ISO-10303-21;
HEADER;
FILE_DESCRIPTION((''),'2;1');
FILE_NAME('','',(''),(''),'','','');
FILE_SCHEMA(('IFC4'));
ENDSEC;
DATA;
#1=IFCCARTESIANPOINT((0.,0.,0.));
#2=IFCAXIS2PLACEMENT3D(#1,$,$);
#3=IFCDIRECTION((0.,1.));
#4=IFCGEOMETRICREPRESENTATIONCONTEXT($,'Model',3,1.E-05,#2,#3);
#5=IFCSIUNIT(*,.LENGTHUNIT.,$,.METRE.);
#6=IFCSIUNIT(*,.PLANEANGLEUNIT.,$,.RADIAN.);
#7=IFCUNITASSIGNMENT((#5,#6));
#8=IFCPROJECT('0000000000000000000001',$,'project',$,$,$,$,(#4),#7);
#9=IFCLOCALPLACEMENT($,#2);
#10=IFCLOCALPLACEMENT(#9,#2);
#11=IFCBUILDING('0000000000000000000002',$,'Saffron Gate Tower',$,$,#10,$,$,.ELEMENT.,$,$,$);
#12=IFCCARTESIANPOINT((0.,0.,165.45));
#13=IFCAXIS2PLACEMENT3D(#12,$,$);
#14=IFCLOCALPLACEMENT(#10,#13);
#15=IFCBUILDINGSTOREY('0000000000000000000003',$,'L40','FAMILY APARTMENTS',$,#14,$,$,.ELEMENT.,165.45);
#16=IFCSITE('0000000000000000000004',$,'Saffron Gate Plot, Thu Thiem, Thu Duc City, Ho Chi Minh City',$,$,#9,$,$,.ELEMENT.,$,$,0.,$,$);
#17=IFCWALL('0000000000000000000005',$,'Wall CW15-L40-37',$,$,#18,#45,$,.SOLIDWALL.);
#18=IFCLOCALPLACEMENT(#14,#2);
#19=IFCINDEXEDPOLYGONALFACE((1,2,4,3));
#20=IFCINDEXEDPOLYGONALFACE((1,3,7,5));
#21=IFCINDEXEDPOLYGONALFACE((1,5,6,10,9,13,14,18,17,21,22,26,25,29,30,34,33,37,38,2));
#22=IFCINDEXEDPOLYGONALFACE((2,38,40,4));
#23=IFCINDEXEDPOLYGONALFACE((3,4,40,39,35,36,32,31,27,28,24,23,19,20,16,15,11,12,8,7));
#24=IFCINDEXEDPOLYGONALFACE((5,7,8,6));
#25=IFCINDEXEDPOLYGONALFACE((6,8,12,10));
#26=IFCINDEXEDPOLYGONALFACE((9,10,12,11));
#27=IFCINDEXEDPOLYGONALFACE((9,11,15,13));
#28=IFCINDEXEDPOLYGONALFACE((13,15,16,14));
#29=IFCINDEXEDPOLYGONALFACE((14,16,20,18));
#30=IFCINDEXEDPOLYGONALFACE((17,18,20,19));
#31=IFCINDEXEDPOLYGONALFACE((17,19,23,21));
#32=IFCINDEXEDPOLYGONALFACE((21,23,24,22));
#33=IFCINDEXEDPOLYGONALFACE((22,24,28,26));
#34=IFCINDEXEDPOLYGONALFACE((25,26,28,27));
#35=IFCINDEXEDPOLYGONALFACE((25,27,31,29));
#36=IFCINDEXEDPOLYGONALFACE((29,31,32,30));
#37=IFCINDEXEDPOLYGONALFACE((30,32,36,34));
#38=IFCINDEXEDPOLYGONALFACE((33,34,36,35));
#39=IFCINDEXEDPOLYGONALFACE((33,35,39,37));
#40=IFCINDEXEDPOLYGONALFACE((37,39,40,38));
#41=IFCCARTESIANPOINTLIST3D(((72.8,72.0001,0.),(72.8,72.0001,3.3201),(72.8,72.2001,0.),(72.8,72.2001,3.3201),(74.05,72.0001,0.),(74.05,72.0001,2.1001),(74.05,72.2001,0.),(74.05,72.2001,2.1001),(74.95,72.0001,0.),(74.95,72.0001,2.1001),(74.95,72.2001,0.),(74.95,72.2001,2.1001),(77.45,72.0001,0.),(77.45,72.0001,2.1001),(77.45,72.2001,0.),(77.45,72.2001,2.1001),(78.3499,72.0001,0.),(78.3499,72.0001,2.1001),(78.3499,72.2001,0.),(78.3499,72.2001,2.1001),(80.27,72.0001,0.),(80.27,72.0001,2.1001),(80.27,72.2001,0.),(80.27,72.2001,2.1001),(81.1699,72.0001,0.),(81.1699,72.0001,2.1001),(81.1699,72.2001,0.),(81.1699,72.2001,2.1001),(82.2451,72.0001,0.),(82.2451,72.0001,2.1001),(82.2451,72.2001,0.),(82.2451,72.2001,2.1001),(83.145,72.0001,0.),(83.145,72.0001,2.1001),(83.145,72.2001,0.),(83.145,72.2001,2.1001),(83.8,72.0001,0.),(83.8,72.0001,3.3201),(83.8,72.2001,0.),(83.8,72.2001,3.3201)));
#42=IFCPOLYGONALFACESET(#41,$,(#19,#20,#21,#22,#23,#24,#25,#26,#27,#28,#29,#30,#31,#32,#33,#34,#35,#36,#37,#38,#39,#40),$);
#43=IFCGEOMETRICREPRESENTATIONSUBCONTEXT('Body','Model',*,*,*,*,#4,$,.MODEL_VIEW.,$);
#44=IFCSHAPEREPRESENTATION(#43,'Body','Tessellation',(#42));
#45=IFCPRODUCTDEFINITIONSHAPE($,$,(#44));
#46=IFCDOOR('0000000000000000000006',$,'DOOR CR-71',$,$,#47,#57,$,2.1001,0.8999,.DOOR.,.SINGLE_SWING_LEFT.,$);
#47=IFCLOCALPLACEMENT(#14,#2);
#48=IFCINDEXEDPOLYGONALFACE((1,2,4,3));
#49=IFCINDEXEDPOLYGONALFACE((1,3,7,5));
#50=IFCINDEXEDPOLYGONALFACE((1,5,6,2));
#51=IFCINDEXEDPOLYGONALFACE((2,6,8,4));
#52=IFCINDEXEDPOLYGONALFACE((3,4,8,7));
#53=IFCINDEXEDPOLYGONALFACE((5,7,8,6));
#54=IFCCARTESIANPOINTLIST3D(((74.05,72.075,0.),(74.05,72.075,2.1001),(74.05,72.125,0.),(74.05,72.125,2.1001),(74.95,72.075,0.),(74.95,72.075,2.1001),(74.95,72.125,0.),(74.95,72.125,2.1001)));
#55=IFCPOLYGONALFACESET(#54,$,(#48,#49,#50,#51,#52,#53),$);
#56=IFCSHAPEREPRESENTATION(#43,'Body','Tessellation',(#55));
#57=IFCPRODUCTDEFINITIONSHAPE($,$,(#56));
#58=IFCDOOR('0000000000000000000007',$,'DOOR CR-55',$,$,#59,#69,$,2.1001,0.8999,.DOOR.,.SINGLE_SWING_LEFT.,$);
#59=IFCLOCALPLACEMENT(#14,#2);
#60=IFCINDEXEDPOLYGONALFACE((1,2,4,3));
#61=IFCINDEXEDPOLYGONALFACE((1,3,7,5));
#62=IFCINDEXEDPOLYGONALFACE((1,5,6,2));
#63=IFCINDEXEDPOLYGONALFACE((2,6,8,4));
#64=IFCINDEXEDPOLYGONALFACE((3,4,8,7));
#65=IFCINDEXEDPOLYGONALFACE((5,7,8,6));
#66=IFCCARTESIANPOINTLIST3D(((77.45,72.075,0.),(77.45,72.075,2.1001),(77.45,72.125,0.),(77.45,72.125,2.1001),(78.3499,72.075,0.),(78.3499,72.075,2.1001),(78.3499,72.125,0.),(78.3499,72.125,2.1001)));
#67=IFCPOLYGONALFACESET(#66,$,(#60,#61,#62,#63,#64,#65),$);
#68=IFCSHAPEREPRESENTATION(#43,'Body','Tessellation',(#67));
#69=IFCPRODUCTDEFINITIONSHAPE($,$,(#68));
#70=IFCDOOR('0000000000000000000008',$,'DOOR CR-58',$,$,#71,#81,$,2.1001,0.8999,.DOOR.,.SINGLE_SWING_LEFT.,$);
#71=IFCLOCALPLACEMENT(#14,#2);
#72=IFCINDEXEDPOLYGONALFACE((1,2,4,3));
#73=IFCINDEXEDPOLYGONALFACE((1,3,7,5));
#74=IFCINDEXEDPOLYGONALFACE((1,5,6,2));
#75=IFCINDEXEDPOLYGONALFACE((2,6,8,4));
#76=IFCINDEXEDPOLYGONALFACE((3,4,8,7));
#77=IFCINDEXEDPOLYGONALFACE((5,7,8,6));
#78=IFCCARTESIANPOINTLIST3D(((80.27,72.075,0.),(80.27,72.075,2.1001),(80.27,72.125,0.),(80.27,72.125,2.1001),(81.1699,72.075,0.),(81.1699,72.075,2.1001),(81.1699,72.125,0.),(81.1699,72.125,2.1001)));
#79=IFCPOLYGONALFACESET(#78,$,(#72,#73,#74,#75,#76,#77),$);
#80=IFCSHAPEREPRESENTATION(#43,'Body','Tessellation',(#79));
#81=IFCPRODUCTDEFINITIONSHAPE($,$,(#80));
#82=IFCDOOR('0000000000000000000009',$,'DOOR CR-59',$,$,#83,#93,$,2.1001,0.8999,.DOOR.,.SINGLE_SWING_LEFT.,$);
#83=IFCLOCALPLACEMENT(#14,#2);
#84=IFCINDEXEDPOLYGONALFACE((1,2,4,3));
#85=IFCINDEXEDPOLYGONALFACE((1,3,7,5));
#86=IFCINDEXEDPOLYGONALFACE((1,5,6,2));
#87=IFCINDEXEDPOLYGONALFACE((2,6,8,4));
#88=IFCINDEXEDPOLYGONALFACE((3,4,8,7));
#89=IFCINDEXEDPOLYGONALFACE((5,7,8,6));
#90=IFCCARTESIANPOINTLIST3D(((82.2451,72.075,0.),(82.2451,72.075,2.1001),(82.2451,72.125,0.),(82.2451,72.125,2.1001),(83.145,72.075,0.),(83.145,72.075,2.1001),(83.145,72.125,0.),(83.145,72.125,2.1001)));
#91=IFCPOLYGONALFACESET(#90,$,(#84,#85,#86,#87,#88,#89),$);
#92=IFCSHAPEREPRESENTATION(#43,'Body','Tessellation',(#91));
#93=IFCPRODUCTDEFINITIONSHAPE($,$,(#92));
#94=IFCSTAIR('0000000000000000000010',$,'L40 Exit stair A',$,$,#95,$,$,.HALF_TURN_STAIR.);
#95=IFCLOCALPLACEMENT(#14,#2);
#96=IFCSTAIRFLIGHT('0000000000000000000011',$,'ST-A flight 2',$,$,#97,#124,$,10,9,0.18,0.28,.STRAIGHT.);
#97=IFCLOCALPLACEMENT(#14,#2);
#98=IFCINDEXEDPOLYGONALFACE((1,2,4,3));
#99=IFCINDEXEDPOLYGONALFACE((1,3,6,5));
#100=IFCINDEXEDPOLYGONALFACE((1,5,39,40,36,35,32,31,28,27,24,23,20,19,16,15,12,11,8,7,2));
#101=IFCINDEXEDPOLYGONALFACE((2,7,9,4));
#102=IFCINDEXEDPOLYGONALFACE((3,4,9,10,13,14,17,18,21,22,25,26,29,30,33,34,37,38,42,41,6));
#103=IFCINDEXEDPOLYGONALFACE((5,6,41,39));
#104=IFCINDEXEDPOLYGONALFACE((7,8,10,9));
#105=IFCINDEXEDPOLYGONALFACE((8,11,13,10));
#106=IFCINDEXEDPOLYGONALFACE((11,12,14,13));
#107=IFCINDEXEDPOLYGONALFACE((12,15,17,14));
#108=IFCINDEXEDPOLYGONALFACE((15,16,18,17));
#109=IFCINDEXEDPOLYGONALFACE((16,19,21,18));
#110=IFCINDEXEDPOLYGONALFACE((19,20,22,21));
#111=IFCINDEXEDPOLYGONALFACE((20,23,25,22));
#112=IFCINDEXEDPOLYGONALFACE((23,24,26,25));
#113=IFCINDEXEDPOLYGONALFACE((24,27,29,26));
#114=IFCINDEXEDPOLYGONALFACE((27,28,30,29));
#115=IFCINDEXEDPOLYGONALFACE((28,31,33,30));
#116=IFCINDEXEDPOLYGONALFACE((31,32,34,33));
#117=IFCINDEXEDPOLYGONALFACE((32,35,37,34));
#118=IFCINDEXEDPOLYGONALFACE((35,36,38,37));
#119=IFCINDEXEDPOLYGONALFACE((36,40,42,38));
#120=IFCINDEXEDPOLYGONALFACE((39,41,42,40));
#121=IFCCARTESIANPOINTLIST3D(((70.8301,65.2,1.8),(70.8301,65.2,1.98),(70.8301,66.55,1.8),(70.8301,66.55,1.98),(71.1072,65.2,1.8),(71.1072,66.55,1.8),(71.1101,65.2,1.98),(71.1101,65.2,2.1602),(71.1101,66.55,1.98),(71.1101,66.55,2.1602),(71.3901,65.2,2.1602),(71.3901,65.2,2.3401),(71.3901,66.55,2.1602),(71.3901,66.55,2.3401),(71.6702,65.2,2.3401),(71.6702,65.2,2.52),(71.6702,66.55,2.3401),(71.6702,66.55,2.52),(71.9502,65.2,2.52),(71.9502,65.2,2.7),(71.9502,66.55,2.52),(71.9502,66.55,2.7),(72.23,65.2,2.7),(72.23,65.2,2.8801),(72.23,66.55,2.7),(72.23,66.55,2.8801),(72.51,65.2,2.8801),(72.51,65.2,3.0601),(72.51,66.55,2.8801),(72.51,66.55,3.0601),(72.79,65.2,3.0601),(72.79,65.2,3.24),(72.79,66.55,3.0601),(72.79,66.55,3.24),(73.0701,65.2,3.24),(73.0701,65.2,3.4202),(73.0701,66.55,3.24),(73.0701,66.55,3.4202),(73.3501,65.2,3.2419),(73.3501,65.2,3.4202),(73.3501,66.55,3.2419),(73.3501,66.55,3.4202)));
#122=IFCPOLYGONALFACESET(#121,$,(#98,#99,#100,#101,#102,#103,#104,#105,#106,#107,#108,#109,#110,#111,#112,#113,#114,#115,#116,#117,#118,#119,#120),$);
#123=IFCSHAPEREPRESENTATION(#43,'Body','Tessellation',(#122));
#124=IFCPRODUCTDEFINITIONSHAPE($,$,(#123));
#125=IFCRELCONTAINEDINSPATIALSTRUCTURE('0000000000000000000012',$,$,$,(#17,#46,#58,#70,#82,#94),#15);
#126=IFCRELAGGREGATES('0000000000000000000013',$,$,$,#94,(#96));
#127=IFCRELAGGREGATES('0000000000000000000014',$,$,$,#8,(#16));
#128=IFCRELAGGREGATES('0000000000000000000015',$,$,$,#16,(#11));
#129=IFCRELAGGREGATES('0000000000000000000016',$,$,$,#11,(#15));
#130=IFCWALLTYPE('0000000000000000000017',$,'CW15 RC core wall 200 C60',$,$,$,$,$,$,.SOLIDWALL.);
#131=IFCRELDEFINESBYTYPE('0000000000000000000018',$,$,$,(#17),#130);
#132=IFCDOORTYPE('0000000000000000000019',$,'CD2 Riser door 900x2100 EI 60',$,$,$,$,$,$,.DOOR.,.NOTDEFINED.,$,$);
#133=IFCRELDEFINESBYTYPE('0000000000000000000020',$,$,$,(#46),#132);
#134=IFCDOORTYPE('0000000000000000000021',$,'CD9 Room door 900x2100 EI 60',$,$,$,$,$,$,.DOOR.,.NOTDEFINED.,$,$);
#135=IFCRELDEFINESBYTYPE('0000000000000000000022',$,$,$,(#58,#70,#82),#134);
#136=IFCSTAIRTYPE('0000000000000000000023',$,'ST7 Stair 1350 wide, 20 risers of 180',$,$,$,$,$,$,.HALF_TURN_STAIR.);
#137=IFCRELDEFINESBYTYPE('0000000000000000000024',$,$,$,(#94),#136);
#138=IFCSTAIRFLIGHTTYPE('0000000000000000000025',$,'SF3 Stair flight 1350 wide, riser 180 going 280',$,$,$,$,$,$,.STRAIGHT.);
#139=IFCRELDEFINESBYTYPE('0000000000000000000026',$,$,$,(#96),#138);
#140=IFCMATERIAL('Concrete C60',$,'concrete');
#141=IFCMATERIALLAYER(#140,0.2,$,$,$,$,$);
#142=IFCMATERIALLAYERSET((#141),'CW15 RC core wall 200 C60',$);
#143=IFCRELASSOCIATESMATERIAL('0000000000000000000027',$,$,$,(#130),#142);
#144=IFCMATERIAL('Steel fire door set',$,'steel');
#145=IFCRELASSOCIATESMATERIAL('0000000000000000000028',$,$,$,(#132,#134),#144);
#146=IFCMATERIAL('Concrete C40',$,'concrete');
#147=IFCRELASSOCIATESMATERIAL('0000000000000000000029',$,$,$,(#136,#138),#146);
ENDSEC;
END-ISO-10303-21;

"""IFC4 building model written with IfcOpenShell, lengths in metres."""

from ifc_helpers import new_model, si_unit, direction, frame, frame_2d, origin, place, context, subcontext, project, spatial, polyline, rectangle, outline, extrude, material, layer, layer_set, type_object, element, fill, aggregate, save


model = new_model("IFC4")

# Units and contexts
model_context = context("Model", 3, precision=1e-05, world=origin(), true_north=direction((0.0, 1.0)))
body_context = subcontext(model_context, "Body", "Model", "MODEL_VIEW")
ifc_project = project(units=[si_unit("LENGTHUNIT", "METRE"), si_unit("PLANEANGLEUNIT", "RADIAN")], contexts=[model_context])

# Site, building, storey
site_placement = place(None, origin())
site = spatial("IfcSite", under=ifc_project, at=site_placement, Name="Saffron Gate Plot, Thu Thiem, Thu Duc City, Ho Chi Minh City", CompositionType="ELEMENT", RefElevation=0.0)
building_placement = place(site_placement, origin())
building = spatial("IfcBuilding", under=site, at=building_placement, Name="Saffron Gate Tower", CompositionType="ELEMENT")
storey_placement = place(building_placement, frame((0.0, 0.0, 165.45)))
storey = spatial("IfcBuildingStorey", under=building, at=storey_placement, Name="L40", Description="FAMILY APARTMENTS", CompositionType="ELEMENT", Elevation=165.45)

# Shared definitions
ifc_material_1 = material(Name="Concrete C60", Category="concrete")
ifc_material_2 = material(Name="Steel fire door set", Category="steel")
ifc_layer_1 = layer(ifc_material_1, 0.2)
ifc_layer_set_1 = layer_set([ifc_layer_1], Name="CW15 RC core wall 200 C60")
wall_type_1 = type_object("IfcWallType", Name="CW15 RC core wall 200 C60", PredefinedType="SOLIDWALL", material=ifc_layer_set_1)

# Wall, openings, doors
wall_1_placement = place(storey_placement, frame((72.8, 72.1001, 0.0), z_axis=(0.0, 0.0, 1.0), x_axis=(1.0, 0.0, 0.0)))
wall_1 = element("IfcWall", 1, at=wall_1_placement, inside=storey, type_object=wall_type_1, Name="Wall CW15-L40-37", PredefinedType="SOLIDWALL", context=body_context, shape_type="SweptSolid", body=[
    extrude(rectangle(XDim=11.0, YDim=0.2, at=frame_2d((5.5, 0.0))), origin(), (0.0, 0.0, 1.0), 3.3201),
])
opening_1_placement = place(wall_1_placement, frame((1.25, 0.0, 0.0)))
opening_1 = element("IfcOpeningElement", 2, at=opening_1_placement, cuts=wall_1, PredefinedType="OPENING", context=body_context, shape_type="SweptSolid", body=[
    extrude(rectangle(XDim=0.8999, YDim=2.1001, at=frame_2d((0.45, 1.05))), frame((0.0, 0.1099, 0.0), z_axis=(0.0, -1.0, 0.0), x_axis=(1.0, 0.0, 0.0)), (0.0, 0.0, 1.0), 0.22),
])
opening_2_placement = place(wall_1_placement, frame((4.6499, 0.0, 0.0)))
opening_2 = element("IfcOpeningElement", 3, at=opening_2_placement, cuts=wall_1, PredefinedType="OPENING", context=body_context, shape_type="SweptSolid", body=[
    extrude(rectangle(XDim=0.8999, YDim=2.1001, at=frame_2d((0.45, 1.05))), frame((0.0, 0.1099, 0.0), z_axis=(0.0, -1.0, 0.0), x_axis=(1.0, 0.0, 0.0)), (0.0, 0.0, 1.0), 0.22),
])
opening_3_placement = place(wall_1_placement, frame((7.47, 0.0, 0.0)))
opening_3 = element("IfcOpeningElement", 4, at=opening_3_placement, cuts=wall_1, PredefinedType="OPENING", context=body_context, shape_type="SweptSolid", body=[
    extrude(rectangle(XDim=0.8999, YDim=2.1001, at=frame_2d((0.45, 1.05))), frame((0.0, 0.1099, 0.0), z_axis=(0.0, -1.0, 0.0), x_axis=(1.0, 0.0, 0.0)), (0.0, 0.0, 1.0), 0.22),
])
opening_4_placement = place(wall_1_placement, frame((9.4451, 0.0, 0.0)))
opening_4 = element("IfcOpeningElement", 5, at=opening_4_placement, cuts=wall_1, PredefinedType="OPENING", context=body_context, shape_type="SweptSolid", body=[
    extrude(rectangle(XDim=0.8999, YDim=2.1001, at=frame_2d((0.45, 1.05))), frame((0.0, 0.1099, 0.0), z_axis=(0.0, -1.0, 0.0), x_axis=(1.0, 0.0, 0.0)), (0.0, 0.0, 1.0), 0.22),
])
door_type_1 = type_object("IfcDoorType", Name="CD2 Riser door 900x2100 EI 60", OperationType="NOTDEFINED", PredefinedType="DOOR", material=ifc_material_2)
door_1_placement = place(opening_1_placement, origin())
door_1 = element("IfcDoor", 6, at=door_1_placement, inside=storey, type_object=door_type_1, Name="DOOR CR-71", OperationType="SINGLE_SWING_LEFT", OverallHeight=2.1001, OverallWidth=0.8999, PredefinedType="DOOR", context=body_context, shape_type="SweptSolid", body=[
    extrude(rectangle(XDim=0.8999, YDim=2.1001, at=frame_2d((0.45, 1.05))), frame((0.0, 0.0249, 0.0), z_axis=(0.0, -1.0, 0.0), x_axis=(1.0, 0.0, 0.0)), (0.0, 0.0, 1.0), 0.05),
])
fill(opening_1, door_1)
door_type_2 = type_object("IfcDoorType", Name="CD9 Room door 900x2100 EI 60", OperationType="NOTDEFINED", PredefinedType="DOOR", material=ifc_material_2)
door_2_placement = place(opening_2_placement, origin())
door_2 = element("IfcDoor", 7, at=door_2_placement, inside=storey, type_object=door_type_2, Name="DOOR CR-55", OperationType="SINGLE_SWING_LEFT", OverallHeight=2.1001, OverallWidth=0.8999, PredefinedType="DOOR", context=body_context, shape_type="SweptSolid", body=[
    extrude(rectangle(XDim=0.8999, YDim=2.1001, at=frame_2d((0.45, 1.05))), frame((0.0, 0.0249, 0.0), z_axis=(0.0, -1.0, 0.0), x_axis=(1.0, 0.0, 0.0)), (0.0, 0.0, 1.0), 0.05),
])
fill(opening_2, door_2)
door_3_placement = place(opening_3_placement, origin())
door_3 = element("IfcDoor", 8, at=door_3_placement, inside=storey, type_object=door_type_2, Name="DOOR CR-58", OperationType="SINGLE_SWING_LEFT", OverallHeight=2.1001, OverallWidth=0.8999, PredefinedType="DOOR", context=body_context, shape_type="SweptSolid", body=[
    extrude(rectangle(XDim=0.8999, YDim=2.1001, at=frame_2d((0.45, 1.05))), frame((0.0, 0.0249, 0.0), z_axis=(0.0, -1.0, 0.0), x_axis=(1.0, 0.0, 0.0)), (0.0, 0.0, 1.0), 0.05),
])
fill(opening_3, door_3)
door_4_placement = place(opening_4_placement, origin())
door_4 = element("IfcDoor", 9, at=door_4_placement, inside=storey, type_object=door_type_2, Name="DOOR CR-59", OperationType="SINGLE_SWING_LEFT", OverallHeight=2.1001, OverallWidth=0.8999, PredefinedType="DOOR", context=body_context, shape_type="SweptSolid", body=[
    extrude(rectangle(XDim=0.8999, YDim=2.1001, at=frame_2d((0.45, 1.05))), frame((0.0, 0.0249, 0.0), z_axis=(0.0, -1.0, 0.0), x_axis=(1.0, 0.0, 0.0)), (0.0, 0.0, 1.0), 0.05),
])
fill(opening_4, door_4)

# Stair, stair flight
ifc_material_3 = material(Name="Concrete C40", Category="concrete")
stair_type = type_object("IfcStairType", Name="ST7 Stair 1350 wide, 20 risers of 180", PredefinedType="HALF_TURN_STAIR", material=ifc_material_3)
stair_placement = place(storey_placement, origin())
stair = element("IfcStair", 10, at=stair_placement, inside=storey, type_object=stair_type, Name="L40 Exit stair A", PredefinedType="HALF_TURN_STAIR")
stair_flight_type = type_object("IfcStairFlightType", Name="SF3 Stair flight 1350 wide, riser 180 going 280", PredefinedType="STRAIGHT", material=ifc_material_3)
stair_flight_placement = place(storey_placement, frame((70.8301, 65.875, 1.8), z_axis=(0.0, 0.0, 1.0), x_axis=(1.0, 0.0, 0.0)))
stair_flight = element("IfcStairFlight", 11, at=stair_flight_placement, type_object=stair_flight_type, Name="ST-A flight 2", NumberOfRisers=10, NumberOfTreads=9, PredefinedType="STRAIGHT", RiserHeight=0.18, TreadLength=0.28, context=body_context, shape_type="SweptSolid", body=[
    extrude(outline(polyline([(0.0, 0.0), (0.0, 0.1799), (0.28, 0.1799), (0.28, 0.3601), (0.5601, 0.3601), (0.5601, 0.54), (0.8401, 0.54), (0.8401, 0.72), (1.1201, 0.72), (1.1201, 0.8999), (1.3999, 0.8999), (1.3999, 1.0801), (1.6799, 1.0801), (1.6799, 1.26), (1.96, 1.26), (1.96, 1.4399), (2.24, 1.4399), (2.24, 1.6201), (2.52, 1.6201), (2.52, 1.8), (2.52, 1.4419), (0.2771, 0.0), (0.0, 0.0)])), frame((0.0, 0.675, 0.0), z_axis=(0.0, -1.0, 0.0), x_axis=(1.0, 0.0, 0.0)), (0.0, 0.0, 1.0), 1.3501),
])
aggregate(stair, [stair_flight])

save(model, "model.ifc")
